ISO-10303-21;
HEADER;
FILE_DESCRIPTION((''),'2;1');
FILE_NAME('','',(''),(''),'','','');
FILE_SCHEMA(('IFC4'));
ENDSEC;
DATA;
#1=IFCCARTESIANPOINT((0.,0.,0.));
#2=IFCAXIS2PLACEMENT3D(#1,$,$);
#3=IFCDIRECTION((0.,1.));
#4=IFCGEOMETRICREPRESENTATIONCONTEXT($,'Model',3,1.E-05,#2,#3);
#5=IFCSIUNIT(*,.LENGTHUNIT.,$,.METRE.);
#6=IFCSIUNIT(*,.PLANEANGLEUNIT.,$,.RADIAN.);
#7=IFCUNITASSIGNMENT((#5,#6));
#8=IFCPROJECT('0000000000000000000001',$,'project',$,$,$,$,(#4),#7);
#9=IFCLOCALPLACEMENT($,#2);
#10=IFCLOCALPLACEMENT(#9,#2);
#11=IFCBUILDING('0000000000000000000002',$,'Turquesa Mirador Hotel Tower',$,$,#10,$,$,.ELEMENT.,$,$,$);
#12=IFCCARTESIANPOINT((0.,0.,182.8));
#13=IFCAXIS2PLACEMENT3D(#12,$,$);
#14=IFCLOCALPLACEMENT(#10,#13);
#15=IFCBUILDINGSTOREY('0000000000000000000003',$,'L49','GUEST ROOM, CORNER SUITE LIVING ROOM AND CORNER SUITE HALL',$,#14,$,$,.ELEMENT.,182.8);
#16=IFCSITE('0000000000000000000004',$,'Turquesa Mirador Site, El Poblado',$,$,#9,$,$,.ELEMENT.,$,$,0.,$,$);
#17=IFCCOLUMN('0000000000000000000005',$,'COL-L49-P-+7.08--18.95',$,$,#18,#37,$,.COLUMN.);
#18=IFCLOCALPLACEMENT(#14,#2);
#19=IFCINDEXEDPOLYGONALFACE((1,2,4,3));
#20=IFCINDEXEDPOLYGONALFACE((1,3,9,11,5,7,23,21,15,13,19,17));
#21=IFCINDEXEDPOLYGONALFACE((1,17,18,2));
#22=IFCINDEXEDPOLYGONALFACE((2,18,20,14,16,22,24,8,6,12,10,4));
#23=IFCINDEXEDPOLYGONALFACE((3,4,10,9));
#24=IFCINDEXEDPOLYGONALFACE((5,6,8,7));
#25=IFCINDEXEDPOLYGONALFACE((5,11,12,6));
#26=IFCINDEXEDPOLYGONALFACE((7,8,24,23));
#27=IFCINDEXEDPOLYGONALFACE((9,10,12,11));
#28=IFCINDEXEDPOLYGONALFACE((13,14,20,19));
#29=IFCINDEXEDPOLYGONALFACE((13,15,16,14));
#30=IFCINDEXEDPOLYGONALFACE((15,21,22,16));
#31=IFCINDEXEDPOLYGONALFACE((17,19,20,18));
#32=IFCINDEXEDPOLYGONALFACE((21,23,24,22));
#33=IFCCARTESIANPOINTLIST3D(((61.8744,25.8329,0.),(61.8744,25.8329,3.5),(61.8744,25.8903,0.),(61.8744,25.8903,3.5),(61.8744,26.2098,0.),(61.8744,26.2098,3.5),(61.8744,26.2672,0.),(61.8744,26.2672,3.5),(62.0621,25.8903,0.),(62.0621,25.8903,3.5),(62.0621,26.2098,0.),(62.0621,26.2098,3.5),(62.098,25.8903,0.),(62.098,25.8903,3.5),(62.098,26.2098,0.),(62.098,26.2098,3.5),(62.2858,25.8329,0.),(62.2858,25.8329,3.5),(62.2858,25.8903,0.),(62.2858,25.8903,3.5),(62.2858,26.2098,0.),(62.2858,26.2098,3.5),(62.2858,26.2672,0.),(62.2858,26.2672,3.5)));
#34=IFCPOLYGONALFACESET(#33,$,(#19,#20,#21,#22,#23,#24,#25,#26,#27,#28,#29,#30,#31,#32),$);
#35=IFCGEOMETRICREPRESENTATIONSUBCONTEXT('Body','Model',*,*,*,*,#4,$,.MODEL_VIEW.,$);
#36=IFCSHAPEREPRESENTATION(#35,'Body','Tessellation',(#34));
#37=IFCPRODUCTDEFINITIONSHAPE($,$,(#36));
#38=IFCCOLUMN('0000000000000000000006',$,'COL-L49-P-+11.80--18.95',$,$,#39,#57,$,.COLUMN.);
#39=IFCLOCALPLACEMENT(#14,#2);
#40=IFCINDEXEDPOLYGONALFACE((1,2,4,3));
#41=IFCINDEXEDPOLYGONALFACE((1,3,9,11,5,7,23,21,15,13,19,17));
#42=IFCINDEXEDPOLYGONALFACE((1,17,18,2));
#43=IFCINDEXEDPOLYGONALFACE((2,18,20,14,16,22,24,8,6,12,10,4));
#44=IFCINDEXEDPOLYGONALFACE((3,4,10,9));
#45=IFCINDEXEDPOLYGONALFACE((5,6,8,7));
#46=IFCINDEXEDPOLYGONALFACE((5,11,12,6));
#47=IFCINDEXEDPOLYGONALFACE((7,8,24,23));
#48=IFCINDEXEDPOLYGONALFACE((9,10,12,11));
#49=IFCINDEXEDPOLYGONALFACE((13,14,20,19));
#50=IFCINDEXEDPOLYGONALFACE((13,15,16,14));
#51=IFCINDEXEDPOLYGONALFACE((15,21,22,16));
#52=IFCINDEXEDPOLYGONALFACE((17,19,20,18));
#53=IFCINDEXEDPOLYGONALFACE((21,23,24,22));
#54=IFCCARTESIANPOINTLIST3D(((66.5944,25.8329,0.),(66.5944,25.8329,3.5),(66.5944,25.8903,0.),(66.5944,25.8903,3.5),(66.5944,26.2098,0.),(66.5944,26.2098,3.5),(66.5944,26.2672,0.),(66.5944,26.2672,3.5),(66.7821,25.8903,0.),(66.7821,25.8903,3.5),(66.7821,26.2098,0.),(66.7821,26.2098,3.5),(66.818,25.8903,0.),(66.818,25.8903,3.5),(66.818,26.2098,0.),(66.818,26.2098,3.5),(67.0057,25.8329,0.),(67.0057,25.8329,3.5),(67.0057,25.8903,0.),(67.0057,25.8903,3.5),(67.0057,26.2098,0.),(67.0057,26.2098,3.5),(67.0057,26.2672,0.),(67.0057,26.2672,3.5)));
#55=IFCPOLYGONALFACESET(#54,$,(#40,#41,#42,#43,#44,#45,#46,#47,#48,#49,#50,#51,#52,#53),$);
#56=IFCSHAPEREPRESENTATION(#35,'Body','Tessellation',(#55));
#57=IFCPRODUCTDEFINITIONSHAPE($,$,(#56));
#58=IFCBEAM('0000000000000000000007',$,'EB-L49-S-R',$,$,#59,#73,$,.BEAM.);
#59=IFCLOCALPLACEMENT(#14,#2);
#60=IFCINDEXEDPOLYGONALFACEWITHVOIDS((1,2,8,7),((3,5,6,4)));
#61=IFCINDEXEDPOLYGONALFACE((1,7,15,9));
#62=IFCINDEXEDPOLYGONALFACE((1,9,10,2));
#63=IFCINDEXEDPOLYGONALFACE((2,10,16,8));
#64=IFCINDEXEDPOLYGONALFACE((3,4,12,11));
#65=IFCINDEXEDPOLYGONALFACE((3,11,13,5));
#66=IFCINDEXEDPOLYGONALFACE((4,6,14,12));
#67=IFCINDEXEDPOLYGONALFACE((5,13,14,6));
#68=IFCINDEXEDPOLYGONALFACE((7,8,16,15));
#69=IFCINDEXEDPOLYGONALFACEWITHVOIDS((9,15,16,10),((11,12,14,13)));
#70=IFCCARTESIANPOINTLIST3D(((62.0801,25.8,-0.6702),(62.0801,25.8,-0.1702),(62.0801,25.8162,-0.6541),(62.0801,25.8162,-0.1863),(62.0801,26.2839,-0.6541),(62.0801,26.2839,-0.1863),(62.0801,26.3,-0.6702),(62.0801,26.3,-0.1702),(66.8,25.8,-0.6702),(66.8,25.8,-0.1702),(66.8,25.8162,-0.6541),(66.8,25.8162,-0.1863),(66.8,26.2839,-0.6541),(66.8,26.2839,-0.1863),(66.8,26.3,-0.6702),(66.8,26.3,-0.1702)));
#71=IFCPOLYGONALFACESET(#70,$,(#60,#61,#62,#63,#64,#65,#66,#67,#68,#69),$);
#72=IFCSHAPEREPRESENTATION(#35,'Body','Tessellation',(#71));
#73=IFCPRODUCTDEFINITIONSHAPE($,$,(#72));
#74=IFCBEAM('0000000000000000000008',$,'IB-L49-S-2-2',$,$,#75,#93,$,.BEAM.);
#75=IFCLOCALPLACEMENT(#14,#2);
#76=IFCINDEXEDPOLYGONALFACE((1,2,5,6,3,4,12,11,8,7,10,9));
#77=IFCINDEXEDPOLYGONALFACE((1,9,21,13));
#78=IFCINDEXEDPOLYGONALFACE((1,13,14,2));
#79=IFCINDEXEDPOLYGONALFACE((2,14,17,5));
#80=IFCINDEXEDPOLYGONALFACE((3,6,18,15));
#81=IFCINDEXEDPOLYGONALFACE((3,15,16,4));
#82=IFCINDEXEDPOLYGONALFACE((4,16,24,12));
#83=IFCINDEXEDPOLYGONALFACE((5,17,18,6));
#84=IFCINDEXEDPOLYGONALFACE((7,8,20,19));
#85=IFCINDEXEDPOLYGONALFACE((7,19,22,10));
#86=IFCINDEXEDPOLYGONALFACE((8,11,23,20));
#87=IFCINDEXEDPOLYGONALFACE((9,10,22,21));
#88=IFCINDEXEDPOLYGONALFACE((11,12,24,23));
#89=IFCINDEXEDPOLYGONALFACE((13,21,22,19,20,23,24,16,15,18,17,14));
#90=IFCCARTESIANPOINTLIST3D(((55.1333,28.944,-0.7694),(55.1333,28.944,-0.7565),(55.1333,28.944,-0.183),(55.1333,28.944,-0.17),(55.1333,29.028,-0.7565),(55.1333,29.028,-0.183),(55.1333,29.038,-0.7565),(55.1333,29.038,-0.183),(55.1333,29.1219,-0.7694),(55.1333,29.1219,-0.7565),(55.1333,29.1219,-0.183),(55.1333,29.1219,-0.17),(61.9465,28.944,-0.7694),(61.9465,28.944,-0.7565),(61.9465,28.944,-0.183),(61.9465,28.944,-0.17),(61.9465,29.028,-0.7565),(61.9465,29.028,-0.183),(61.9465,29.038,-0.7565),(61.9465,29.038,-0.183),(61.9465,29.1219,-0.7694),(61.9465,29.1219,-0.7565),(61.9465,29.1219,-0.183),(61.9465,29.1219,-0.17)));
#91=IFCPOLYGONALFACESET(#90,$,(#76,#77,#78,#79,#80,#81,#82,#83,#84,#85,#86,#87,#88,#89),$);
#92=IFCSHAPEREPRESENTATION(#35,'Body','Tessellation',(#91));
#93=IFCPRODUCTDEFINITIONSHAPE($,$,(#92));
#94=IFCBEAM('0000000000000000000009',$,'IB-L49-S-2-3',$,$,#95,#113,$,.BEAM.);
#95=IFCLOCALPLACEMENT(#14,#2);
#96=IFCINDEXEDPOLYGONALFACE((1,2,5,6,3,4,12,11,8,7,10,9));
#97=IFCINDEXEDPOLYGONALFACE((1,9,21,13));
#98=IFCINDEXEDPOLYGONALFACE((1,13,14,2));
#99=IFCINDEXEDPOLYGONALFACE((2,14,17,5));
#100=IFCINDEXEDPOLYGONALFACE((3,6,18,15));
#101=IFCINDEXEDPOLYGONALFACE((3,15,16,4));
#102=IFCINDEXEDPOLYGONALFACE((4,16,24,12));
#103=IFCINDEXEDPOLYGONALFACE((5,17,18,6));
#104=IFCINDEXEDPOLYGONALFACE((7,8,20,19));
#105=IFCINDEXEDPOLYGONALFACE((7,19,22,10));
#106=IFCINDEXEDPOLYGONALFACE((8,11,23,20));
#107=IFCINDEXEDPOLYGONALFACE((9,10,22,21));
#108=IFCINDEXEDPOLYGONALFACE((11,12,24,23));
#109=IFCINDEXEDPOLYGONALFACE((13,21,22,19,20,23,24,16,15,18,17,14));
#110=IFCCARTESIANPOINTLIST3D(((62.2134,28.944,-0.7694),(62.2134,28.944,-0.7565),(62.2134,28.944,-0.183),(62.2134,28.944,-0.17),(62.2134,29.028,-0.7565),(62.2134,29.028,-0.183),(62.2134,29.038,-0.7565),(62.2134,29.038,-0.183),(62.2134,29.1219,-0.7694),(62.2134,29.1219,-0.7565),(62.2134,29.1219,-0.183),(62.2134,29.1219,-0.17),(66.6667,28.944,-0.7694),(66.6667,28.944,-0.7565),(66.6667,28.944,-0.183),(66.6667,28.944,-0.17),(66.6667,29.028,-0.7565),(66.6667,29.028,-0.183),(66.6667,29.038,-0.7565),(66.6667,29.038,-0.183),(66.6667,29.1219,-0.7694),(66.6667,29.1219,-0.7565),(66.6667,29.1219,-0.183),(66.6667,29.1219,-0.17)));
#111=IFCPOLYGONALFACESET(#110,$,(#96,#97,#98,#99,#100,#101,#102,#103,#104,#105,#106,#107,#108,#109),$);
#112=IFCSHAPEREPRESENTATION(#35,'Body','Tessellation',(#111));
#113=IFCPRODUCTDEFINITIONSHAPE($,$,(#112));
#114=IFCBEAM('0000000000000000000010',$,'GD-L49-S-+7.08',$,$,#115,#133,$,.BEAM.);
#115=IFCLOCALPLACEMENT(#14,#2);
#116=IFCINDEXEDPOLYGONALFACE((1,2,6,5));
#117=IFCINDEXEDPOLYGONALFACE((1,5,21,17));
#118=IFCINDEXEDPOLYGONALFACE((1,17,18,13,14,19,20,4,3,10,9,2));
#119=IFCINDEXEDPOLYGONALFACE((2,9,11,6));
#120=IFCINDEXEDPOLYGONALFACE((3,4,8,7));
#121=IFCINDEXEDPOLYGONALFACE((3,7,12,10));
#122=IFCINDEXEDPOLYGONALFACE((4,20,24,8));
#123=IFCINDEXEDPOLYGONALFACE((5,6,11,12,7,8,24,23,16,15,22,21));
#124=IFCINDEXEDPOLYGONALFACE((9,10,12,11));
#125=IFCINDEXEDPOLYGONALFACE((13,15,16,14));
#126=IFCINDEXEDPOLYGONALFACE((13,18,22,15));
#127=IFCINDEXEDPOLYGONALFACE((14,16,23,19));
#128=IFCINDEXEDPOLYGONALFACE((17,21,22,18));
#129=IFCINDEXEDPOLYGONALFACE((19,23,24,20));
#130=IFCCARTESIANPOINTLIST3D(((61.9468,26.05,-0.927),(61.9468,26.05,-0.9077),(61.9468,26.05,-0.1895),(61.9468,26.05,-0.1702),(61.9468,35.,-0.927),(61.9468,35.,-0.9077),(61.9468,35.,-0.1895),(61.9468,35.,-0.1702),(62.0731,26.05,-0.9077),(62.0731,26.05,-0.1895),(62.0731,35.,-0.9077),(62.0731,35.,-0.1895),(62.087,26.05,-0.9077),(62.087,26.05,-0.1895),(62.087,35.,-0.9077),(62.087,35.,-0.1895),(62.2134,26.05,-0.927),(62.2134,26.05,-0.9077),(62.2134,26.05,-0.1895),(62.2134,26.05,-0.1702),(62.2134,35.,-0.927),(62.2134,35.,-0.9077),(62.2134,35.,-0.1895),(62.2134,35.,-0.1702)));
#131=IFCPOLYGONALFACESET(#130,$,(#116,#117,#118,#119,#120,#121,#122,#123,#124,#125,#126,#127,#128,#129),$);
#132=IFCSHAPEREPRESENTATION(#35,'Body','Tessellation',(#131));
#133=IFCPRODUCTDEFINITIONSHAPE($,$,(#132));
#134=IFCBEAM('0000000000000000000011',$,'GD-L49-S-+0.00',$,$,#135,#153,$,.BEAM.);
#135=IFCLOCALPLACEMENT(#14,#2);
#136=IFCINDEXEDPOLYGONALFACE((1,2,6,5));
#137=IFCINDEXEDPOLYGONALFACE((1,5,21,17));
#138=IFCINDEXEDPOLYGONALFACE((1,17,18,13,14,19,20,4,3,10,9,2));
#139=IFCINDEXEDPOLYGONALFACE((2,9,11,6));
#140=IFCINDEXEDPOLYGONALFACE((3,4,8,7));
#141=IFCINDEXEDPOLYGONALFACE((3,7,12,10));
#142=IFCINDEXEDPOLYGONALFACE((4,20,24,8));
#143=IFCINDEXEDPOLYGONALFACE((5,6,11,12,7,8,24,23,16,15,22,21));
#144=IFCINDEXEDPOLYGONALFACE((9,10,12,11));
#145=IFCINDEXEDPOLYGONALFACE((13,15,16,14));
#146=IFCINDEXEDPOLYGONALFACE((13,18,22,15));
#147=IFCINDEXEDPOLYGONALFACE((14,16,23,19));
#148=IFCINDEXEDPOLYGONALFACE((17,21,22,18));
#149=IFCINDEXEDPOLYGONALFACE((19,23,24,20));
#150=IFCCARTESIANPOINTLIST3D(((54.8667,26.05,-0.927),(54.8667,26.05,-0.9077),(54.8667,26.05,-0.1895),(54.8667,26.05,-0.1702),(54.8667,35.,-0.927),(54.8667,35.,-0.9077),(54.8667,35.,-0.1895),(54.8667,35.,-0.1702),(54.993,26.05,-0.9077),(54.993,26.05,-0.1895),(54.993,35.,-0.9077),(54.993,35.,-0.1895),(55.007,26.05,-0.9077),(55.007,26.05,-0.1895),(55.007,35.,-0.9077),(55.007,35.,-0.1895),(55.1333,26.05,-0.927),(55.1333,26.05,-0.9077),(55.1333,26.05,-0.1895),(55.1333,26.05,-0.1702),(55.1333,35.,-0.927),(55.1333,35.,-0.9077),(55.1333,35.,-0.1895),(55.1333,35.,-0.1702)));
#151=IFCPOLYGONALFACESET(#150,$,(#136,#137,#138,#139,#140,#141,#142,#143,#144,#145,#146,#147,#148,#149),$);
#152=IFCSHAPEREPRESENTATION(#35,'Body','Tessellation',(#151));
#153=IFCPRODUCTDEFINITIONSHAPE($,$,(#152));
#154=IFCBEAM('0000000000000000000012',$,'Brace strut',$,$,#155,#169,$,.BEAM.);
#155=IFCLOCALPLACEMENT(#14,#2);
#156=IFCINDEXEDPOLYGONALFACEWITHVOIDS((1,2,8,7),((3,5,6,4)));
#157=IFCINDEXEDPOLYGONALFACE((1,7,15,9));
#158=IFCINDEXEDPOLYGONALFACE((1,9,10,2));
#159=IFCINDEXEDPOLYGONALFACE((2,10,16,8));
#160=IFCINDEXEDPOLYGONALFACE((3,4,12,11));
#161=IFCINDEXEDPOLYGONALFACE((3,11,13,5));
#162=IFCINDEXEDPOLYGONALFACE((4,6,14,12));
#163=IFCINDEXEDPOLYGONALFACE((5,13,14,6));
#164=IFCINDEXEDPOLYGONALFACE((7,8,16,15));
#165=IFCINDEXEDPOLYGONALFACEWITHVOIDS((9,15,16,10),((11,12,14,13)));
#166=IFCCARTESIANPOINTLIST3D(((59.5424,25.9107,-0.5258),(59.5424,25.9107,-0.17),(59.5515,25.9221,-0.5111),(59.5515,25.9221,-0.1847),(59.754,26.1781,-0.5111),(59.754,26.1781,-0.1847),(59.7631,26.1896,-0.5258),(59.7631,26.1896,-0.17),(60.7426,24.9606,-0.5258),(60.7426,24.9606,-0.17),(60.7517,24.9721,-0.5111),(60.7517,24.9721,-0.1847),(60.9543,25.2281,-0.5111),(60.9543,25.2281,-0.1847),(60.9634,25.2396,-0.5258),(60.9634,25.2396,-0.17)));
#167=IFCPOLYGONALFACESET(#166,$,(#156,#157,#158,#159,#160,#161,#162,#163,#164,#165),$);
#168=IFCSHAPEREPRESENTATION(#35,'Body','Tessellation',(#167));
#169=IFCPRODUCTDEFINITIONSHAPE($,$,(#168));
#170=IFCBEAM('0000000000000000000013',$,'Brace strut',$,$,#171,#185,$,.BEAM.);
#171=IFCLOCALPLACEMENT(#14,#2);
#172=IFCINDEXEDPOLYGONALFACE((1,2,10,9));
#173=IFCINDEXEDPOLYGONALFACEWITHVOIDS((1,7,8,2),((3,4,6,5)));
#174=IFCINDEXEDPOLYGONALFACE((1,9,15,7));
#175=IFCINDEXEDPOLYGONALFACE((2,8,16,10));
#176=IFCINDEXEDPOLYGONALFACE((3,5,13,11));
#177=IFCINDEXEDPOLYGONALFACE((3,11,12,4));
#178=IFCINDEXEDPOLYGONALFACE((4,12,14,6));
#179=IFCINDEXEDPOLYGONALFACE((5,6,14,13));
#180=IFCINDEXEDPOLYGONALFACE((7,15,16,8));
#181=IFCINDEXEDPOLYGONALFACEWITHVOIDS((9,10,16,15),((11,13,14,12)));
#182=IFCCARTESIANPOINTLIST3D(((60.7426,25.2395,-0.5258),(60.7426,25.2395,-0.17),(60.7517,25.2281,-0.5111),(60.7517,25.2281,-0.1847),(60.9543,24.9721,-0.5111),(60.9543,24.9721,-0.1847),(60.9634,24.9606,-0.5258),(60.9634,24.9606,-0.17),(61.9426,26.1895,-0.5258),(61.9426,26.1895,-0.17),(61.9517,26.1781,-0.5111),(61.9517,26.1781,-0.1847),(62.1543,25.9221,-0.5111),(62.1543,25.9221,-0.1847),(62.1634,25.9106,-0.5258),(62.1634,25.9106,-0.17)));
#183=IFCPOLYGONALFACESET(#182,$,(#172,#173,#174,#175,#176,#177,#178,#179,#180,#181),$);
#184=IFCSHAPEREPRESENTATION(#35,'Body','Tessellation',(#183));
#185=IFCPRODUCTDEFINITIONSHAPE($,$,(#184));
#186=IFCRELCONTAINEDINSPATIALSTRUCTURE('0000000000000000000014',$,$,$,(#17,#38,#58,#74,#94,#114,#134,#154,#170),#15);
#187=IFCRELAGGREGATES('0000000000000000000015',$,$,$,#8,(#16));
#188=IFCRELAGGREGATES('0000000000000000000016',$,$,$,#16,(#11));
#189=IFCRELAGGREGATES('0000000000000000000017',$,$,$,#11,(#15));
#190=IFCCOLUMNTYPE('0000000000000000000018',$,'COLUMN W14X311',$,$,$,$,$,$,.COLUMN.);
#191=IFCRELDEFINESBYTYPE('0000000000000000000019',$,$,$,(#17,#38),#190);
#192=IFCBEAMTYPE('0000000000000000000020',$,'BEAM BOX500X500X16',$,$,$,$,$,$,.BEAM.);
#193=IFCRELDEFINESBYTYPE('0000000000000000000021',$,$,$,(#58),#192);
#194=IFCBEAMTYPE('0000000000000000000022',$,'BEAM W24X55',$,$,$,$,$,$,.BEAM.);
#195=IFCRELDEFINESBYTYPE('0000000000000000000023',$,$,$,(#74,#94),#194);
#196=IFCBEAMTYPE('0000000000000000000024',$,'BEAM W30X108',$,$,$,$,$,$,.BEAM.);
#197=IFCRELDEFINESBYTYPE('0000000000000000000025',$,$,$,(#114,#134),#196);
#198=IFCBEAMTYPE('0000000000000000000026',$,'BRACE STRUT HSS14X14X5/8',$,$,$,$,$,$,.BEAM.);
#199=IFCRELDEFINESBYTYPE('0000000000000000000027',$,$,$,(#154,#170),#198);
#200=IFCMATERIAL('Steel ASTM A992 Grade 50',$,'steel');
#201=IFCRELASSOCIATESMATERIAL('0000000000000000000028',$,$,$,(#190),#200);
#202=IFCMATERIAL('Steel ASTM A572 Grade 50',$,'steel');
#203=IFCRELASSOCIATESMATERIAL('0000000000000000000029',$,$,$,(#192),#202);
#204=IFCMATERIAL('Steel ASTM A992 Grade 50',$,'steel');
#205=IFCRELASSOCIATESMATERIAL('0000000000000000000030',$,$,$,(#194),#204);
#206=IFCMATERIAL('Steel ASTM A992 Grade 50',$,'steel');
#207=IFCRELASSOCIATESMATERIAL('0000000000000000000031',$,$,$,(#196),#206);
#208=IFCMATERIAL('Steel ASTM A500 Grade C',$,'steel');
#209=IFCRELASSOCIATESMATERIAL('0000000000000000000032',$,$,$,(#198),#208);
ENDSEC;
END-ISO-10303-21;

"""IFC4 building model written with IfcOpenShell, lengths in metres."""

from ifc_helpers import new_model, si_unit, direction, frame, origin, origin_2d, place, context, subcontext, project, spatial, hollow_rectangle, i_section, extrude, material, material_profile, profile_set, type_object, element, save


model = new_model("IFC4")

# Units and contexts
model_context = context("Model", 3, precision=1e-05, world=origin(), true_north=direction((0.0, 1.0)))
body_context = subcontext(model_context, "Body", "Model", "MODEL_VIEW")
ifc_project = project(units=[si_unit("LENGTHUNIT", "METRE"), si_unit("PLANEANGLEUNIT", "RADIAN")], contexts=[model_context])

# Site, building, storey
site_placement = place(None, origin())
site = spatial("IfcSite", under=ifc_project, at=site_placement, Name="Turquesa Mirador Site, El Poblado", CompositionType="ELEMENT", RefElevation=0.0)
building_placement = place(site_placement, origin())
building = spatial("IfcBuilding", under=site, at=building_placement, Name="Turquesa Mirador Hotel Tower", CompositionType="ELEMENT")
storey_placement = place(building_placement, frame((0.0, 0.0, 182.8)))
storey = spatial("IfcBuildingStorey", under=building, at=storey_placement, Name="L49", Description="GUEST ROOM, CORNER SUITE LIVING ROOM AND CORNER SUITE HALL", CompositionType="ELEMENT", Elevation=182.8)

# Columns
ifc_material_1 = material(Name="Steel ASTM A992 Grade 50", Category="steel")
ifc_material_profile_1 = material_profile(ifc_material_1, i_section(OverallWidth=0.4114, OverallDepth=0.4343, WebThickness=0.0359, FlangeThickness=0.0574, at=origin_2d()), Name="W14X311")
ifc_profile_set_1 = profile_set([ifc_material_profile_1], Name="Steel ASTM A992 Grade 50")
column_type = type_object("IfcColumnType", Name="COLUMN W14X311", PredefinedType="COLUMN", material=ifc_profile_set_1)
for number, where, z_axis, x_axis, name in (
    (1, (62.0801, 26.05, 0.0), (0.0, 0.0, 1.0), (1.0, 0.0, 0.0), "COL-L49-P-+7.08--18.95"),
    (2, (66.8, 26.05, 0.0), (0.0, 0.0, 1.0), (1.0, 0.0, 0.0), "COL-L49-P-+11.80--18.95"),
):
    element("IfcColumn", number, at=place(storey_placement, frame(where, z_axis=z_axis, x_axis=x_axis)), inside=storey, type_object=column_type, Name=name, PredefinedType="COLUMN", context=body_context, shape_type="SweptSolid", body=[
        extrude(i_section(OverallWidth=0.4114, OverallDepth=0.4343, WebThickness=0.0359, FlangeThickness=0.0574, at=origin_2d()), origin(), (0.0, 0.0, 1.0), 3.5),
    ])

# Beams
ifc_material_2 = material(Name="Steel ASTM A572 Grade 50", Category="steel")
ifc_material_profile_2 = material_profile(ifc_material_2, hollow_rectangle(XDim=0.5, YDim=0.5, WallThickness=0.0161, at=origin_2d()), Name="BOX500X500X16")
ifc_profile_set_2 = profile_set([ifc_material_profile_2], Name="Steel ASTM A572 Grade 50")
beam_type_1 = type_object("IfcBeamType", Name="BEAM BOX500X500X16", PredefinedType="BEAM", material=ifc_profile_set_2)
beam_1_placement = place(storey_placement, frame((62.0801, 26.05, -0.4202), z_axis=(1.0, 0.0, 0.0), x_axis=(0.0, 1.0, 0.0)))
element("IfcBeam", 3, at=beam_1_placement, inside=storey, type_object=beam_type_1, Name="EB-L49-S-R", PredefinedType="BEAM", context=body_context, shape_type="SweptSolid", body=[
    extrude(hollow_rectangle(XDim=0.5, YDim=0.5, WallThickness=0.0161, at=origin_2d()), origin(), (0.0, 0.0, 1.0), 4.72),
])
ifc_material_3 = material(Name="Steel ASTM A992 Grade 50", Category="steel")
ifc_material_profile_3 = material_profile(ifc_material_3, i_section(OverallWidth=0.178, OverallDepth=0.5994, WebThickness=0.01, FlangeThickness=0.0129, at=origin_2d()), Name="W24X55")
ifc_profile_set_3 = profile_set([ifc_material_profile_3], Name="Steel ASTM A992 Grade 50")
beam_type_2 = type_object("IfcBeamType", Name="BEAM W24X55", PredefinedType="BEAM", material=ifc_profile_set_3)
beam_2_placement = place(storey_placement, frame((55.1333, 29.033, -0.4697), z_axis=(1.0, 0.0, 0.0), x_axis=(0.0, 1.0, 0.0)))
element("IfcBeam", 4, at=beam_2_placement, inside=storey, type_object=beam_type_2, Name="IB-L49-S-2-2", PredefinedType="BEAM", context=body_context, shape_type="SweptSolid", body=[
    extrude(i_section(OverallWidth=0.178, OverallDepth=0.5994, WebThickness=0.01, FlangeThickness=0.0129, at=origin_2d()), origin(), (0.0, 0.0, 1.0), 6.8132),
])
beam_3_placement = place(storey_placement, frame((62.2134, 29.033, -0.4697), z_axis=(1.0, 0.0, 0.0), x_axis=(0.0, 1.0, 0.0)))
element("IfcBeam", 5, at=beam_3_placement, inside=storey, type_object=beam_type_2, Name="IB-L49-S-2-3", PredefinedType="BEAM", context=body_context, shape_type="SweptSolid", body=[
    extrude(i_section(OverallWidth=0.178, OverallDepth=0.5994, WebThickness=0.01, FlangeThickness=0.0129, at=origin_2d()), origin(), (0.0, 0.0, 1.0), 4.4534),
])
ifc_material_4 = material(Name="Steel ASTM A992 Grade 50", Category="steel")
ifc_material_profile_4 = material_profile(ifc_material_4, i_section(OverallWidth=0.2666, OverallDepth=0.7568, WebThickness=0.0139, FlangeThickness=0.0193, at=origin_2d()), Name="W30X108")
ifc_profile_set_4 = profile_set([ifc_material_profile_4], Name="Steel ASTM A992 Grade 50")
beam_type_3 = type_object("IfcBeamType", Name="BEAM W30X108", PredefinedType="BEAM", material=ifc_profile_set_4)
for number, where, z_axis, x_axis, name in (
    (6, (62.0801, 26.05, -0.5486), (0.0, 1.0, 0.0), (-1.0, 0.0, 0.0), "GD-L49-S-+7.08"),
    (7, (55.0, 26.05, -0.5486), (0.0, 1.0, 0.0), (-1.0, 0.0, 0.0), "GD-L49-S-+0.00"),
):
    element("IfcBeam", number, at=place(storey_placement, frame(where, z_axis=z_axis, x_axis=x_axis)), inside=storey, type_object=beam_type_3, Name=name, PredefinedType="BEAM", context=body_context, shape_type="SweptSolid", body=[
        extrude(i_section(OverallWidth=0.2666, OverallDepth=0.7568, WebThickness=0.0139, FlangeThickness=0.0193, at=origin_2d()), origin(), (0.0, 0.0, 1.0), 8.95),
    ])
ifc_material_5 = material(Name="Steel ASTM A500 Grade C", Category="steel")
ifc_material_profile_5 = material_profile(ifc_material_5, hollow_rectangle(XDim=0.3557, YDim=0.3557, WallThickness=0.0146, at=origin_2d()), Name="HSS14X14X5/8")
ifc_profile_set_5 = profile_set([ifc_material_profile_5], Name="Steel ASTM A500 Grade C")
beam_type_4 = type_object("IfcBeamType", Name="BRACE STRUT HSS14X14X5/8", PredefinedType="BEAM", material=ifc_profile_set_5)
beam_4_placement = place(storey_placement, frame((60.853, 25.1001, -0.3479), z_axis=(-0.784111, 0.620621, 0.0), x_axis=(-0.620621, -0.784111, 0.0)))
element("IfcBeam", 8, at=beam_4_placement, inside=storey, type_object=beam_type_4, Name="Brace strut", PredefinedType="BEAM", context=body_context, shape_type="SweptSolid", body=[
    extrude(hollow_rectangle(XDim=0.3557, YDim=0.3557, WallThickness=0.0146, at=origin_2d()), origin(), (0.0, 0.0, 1.0), 1.5308),
])
beam_5_placement = place(storey_placement, frame((60.853, 25.1001, -0.3479), z_axis=(0.784049, 0.620699, 0.0), x_axis=(-0.620699, 0.784049, 0.0)))
element("IfcBeam", 9, at=beam_5_placement, inside=storey, type_object=beam_type_4, Name="Brace strut", PredefinedType="BEAM", context=body_context, shape_type="SweptSolid", body=[
    extrude(hollow_rectangle(XDim=0.3557, YDim=0.3557, WallThickness=0.0146, at=origin_2d()), origin(), (0.0, 0.0, 1.0), 1.5305),
])

save(model, "model.ifc")
